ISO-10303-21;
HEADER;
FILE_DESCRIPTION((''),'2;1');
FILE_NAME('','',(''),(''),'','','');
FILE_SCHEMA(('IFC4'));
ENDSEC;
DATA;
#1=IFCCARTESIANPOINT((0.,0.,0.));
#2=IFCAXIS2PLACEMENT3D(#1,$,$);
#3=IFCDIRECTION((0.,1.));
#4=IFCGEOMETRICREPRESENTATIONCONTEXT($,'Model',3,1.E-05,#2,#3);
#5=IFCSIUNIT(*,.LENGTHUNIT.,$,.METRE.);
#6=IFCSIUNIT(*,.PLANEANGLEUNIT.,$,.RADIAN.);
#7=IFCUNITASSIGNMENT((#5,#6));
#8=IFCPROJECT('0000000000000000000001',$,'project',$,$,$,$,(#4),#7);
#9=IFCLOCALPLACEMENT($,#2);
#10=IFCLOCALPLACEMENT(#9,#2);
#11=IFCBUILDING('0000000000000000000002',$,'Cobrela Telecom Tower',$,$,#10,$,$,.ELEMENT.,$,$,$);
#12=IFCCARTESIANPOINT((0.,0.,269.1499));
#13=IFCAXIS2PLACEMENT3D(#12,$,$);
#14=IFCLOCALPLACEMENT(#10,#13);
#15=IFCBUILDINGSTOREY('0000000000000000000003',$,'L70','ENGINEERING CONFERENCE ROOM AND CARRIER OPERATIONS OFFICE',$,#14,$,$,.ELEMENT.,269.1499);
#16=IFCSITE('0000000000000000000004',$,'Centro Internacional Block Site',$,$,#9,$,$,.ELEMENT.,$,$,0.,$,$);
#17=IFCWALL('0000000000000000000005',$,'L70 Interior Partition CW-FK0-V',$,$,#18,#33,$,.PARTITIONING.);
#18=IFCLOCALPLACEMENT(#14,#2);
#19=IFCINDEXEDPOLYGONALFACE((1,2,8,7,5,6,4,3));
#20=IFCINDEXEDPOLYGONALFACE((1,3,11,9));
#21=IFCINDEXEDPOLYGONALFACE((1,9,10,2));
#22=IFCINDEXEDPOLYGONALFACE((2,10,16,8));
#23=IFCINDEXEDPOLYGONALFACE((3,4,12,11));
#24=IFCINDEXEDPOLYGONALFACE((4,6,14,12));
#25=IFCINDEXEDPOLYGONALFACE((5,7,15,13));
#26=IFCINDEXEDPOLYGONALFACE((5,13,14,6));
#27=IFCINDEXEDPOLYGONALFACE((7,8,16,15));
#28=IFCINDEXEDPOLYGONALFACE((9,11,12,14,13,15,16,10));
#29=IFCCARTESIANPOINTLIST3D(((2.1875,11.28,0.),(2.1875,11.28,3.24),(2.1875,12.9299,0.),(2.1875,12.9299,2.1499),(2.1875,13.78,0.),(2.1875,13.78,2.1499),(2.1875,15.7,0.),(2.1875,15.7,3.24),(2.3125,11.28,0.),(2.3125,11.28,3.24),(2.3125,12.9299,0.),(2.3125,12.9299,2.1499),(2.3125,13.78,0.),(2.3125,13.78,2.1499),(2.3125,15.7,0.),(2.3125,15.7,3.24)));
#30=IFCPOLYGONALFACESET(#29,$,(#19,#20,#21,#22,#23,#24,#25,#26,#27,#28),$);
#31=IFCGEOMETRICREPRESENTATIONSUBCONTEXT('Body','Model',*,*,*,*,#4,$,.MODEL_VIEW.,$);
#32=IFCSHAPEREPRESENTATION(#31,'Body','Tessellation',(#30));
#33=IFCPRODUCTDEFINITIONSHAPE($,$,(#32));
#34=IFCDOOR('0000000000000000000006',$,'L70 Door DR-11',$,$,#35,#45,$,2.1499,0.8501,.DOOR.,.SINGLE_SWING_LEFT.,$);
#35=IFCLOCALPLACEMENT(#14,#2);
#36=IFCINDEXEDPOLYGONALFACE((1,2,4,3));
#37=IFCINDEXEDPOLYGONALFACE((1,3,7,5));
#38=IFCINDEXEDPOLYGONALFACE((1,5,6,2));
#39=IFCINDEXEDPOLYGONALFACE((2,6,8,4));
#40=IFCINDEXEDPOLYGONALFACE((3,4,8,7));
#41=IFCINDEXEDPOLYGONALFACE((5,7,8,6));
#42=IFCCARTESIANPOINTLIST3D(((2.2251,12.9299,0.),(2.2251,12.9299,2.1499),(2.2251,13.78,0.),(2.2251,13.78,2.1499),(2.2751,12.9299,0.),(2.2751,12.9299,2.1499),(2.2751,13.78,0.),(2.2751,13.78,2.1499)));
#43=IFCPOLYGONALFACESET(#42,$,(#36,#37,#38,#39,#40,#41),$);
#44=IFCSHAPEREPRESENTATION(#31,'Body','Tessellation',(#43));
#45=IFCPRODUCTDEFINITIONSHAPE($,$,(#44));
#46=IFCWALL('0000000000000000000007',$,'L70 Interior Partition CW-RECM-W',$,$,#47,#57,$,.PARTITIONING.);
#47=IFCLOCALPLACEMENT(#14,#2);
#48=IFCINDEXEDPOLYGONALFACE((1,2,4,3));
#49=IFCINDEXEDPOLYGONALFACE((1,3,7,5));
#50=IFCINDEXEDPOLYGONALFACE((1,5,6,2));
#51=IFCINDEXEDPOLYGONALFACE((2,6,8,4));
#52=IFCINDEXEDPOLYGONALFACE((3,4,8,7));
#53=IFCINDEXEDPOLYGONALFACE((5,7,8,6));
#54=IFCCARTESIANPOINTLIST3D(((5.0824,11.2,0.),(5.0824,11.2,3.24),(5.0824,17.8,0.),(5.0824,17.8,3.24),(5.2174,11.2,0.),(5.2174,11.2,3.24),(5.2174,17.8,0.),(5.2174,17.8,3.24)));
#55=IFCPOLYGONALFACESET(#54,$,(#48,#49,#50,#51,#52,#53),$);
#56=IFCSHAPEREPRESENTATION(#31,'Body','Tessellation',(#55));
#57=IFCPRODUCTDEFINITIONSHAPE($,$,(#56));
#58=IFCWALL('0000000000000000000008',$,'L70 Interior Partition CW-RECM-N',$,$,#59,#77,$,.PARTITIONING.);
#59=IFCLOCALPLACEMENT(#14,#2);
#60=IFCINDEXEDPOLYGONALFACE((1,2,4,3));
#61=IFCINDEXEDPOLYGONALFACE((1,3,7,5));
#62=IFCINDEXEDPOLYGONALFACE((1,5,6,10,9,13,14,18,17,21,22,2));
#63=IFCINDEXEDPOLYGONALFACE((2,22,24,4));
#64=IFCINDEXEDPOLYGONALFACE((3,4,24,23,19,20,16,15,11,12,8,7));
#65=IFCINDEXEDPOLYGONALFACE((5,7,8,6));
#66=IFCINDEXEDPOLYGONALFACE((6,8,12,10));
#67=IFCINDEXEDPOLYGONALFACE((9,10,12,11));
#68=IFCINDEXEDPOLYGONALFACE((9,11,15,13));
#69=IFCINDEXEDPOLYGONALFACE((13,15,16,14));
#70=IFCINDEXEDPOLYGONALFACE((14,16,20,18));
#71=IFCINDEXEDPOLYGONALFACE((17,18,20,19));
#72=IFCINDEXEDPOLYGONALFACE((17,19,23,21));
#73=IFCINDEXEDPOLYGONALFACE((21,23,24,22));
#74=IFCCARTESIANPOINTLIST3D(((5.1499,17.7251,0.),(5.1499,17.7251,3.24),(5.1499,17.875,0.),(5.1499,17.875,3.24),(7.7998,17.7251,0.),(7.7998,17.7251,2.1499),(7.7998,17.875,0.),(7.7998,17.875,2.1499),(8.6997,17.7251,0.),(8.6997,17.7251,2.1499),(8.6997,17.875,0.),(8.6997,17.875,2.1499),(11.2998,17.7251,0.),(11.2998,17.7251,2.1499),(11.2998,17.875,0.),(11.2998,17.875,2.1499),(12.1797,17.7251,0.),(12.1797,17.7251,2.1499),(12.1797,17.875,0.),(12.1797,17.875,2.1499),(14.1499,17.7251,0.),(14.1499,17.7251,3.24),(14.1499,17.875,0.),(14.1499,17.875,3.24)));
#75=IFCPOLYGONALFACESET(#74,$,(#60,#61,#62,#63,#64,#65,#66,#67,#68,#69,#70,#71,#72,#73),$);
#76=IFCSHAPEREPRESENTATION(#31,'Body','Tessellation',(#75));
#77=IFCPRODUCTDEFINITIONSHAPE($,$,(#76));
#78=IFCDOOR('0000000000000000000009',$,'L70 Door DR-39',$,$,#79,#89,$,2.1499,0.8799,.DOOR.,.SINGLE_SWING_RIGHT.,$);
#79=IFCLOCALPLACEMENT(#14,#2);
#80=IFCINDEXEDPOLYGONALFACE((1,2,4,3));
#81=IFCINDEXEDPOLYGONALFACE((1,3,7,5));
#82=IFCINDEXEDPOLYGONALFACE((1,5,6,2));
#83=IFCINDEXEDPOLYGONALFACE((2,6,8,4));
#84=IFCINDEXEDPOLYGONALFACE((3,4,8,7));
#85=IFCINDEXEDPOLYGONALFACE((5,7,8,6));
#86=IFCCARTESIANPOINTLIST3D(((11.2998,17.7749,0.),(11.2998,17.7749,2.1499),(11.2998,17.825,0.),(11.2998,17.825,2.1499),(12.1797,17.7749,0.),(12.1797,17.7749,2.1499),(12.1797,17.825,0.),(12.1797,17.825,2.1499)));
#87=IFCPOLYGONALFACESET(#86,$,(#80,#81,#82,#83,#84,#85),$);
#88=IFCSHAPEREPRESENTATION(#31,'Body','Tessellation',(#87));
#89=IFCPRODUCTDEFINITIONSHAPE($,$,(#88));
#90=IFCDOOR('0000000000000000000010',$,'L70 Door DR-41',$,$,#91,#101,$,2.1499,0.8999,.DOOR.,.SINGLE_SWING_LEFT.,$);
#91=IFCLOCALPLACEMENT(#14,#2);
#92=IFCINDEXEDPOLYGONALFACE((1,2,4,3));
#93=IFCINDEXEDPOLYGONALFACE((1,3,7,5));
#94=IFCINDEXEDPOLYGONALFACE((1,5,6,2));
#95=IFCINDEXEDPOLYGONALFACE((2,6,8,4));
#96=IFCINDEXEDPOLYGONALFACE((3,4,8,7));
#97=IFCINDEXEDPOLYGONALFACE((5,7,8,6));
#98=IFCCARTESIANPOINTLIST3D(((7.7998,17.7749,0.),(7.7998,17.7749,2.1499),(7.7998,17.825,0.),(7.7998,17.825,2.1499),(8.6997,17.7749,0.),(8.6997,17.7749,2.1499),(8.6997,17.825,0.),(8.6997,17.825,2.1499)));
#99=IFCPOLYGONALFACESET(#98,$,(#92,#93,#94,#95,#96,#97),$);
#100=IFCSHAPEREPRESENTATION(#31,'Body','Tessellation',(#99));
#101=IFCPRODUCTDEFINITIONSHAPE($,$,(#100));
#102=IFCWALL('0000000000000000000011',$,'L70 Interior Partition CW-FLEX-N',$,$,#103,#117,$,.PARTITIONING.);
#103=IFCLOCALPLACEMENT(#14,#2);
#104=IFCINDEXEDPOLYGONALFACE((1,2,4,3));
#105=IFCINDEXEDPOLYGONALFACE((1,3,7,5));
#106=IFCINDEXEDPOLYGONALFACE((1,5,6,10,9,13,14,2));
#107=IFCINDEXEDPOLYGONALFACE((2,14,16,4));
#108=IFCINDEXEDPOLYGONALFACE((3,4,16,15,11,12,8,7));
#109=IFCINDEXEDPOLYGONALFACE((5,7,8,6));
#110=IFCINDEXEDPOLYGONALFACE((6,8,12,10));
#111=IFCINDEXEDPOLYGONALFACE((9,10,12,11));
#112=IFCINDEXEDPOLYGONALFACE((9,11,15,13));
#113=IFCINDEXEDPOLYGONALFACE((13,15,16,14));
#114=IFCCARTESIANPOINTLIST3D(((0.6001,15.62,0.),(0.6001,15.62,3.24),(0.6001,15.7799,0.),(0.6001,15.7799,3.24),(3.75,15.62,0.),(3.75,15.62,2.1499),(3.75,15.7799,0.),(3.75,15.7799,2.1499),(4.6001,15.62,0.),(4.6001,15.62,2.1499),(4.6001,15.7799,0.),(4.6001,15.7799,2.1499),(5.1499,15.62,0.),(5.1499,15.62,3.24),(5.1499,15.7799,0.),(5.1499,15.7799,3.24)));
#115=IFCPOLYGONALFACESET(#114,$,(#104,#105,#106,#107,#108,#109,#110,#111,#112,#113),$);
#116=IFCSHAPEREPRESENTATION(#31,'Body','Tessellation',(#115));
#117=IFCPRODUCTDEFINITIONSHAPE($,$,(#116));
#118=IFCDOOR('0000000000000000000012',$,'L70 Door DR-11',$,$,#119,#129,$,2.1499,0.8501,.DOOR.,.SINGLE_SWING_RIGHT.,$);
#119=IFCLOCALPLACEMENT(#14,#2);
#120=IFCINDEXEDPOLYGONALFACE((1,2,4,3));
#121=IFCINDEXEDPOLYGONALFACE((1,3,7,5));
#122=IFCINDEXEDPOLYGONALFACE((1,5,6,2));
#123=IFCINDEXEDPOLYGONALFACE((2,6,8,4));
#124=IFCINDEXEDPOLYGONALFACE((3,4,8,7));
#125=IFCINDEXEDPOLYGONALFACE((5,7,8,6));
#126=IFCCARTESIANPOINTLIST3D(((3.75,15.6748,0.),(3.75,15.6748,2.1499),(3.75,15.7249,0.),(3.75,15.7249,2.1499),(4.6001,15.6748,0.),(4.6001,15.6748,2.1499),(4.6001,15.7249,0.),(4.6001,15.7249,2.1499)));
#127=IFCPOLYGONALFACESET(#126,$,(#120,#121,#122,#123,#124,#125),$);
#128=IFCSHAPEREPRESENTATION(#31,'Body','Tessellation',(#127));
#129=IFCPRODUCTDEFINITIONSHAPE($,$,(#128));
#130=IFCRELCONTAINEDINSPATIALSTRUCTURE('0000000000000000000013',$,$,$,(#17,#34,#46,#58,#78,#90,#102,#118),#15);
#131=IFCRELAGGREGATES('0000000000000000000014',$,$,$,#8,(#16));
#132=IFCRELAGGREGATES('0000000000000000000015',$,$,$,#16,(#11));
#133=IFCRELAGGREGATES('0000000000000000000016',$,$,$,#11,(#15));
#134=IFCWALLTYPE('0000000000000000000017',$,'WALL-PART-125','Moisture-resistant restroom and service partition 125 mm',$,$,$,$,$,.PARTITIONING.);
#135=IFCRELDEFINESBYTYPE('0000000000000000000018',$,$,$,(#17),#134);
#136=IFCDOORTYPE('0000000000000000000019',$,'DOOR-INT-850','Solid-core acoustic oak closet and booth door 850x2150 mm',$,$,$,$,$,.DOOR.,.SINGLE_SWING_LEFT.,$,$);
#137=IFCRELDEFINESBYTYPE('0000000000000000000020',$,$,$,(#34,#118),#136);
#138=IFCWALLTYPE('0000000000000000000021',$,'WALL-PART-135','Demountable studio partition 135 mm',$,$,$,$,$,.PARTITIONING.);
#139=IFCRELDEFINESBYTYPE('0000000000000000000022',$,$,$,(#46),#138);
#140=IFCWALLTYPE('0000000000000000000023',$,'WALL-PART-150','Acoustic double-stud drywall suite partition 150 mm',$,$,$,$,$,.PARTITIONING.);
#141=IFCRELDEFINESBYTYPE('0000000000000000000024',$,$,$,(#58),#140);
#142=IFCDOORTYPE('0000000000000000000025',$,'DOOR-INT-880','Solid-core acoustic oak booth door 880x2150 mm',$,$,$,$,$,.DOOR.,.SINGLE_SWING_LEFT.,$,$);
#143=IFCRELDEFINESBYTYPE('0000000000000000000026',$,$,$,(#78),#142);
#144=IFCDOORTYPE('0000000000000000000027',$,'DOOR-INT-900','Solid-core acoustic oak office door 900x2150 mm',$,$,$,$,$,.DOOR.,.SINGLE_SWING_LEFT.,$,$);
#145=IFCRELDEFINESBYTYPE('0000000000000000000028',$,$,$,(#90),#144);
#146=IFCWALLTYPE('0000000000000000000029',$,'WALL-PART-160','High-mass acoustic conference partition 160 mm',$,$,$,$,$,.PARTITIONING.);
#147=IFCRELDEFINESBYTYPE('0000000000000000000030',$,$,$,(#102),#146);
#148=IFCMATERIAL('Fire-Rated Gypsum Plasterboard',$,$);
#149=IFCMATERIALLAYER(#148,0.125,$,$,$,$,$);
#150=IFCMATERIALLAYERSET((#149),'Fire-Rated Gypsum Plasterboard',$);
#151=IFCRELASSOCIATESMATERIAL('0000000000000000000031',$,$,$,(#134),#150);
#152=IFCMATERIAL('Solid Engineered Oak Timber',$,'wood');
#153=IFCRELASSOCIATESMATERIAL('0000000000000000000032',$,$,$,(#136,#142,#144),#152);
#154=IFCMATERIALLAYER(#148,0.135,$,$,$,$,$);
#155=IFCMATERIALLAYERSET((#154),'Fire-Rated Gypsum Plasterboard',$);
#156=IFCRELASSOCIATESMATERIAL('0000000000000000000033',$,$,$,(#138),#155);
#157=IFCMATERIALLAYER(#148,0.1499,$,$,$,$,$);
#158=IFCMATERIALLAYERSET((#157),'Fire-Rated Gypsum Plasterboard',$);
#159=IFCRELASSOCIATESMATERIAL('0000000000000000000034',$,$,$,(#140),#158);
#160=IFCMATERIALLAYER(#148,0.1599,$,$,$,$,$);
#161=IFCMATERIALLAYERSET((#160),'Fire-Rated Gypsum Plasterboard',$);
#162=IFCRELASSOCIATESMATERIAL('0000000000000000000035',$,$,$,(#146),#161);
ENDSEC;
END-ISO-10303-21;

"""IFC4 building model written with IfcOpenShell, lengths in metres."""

from ifc_helpers import new_model, si_unit, direction, frame, frame_2d, origin, place, context, subcontext, project, spatial, rectangle, extrude, material, layer, layer_set, type_object, element, fill, save


model = new_model("IFC4")

# Units and contexts
model_context = context("Model", 3, precision=1e-05, world=origin(), true_north=direction((0.0, 1.0)))
body_context = subcontext(model_context, "Body", "Model", "MODEL_VIEW")
ifc_project = project(units=[si_unit("LENGTHUNIT", "METRE"), si_unit("PLANEANGLEUNIT", "RADIAN")], contexts=[model_context])

# Site, building, storey
site_placement = place(None, origin())
site = spatial("IfcSite", under=ifc_project, at=site_placement, Name="Centro Internacional Block Site", CompositionType="ELEMENT", RefElevation=0.0)
building_placement = place(site_placement, origin())
building = spatial("IfcBuilding", under=site, at=building_placement, Name="Cobrela Telecom Tower", CompositionType="ELEMENT")
storey_placement = place(building_placement, frame((0.0, 0.0, 269.1499)))
storey = spatial("IfcBuildingStorey", under=building, at=storey_placement, Name="L70", Description="ENGINEERING CONFERENCE ROOM AND CARRIER OPERATIONS OFFICE", CompositionType="ELEMENT", Elevation=269.1499)

# Wall, opening, door
ifc_material_1 = material(Name="Fire-Rated Gypsum Plasterboard")
ifc_layer_1 = layer(ifc_material_1, 0.125)
ifc_layer_set_1 = layer_set([ifc_layer_1], Name="Fire-Rated Gypsum Plasterboard")
wall_type_1 = type_object("IfcWallType", Name="WALL-PART-125", Description="Moisture-resistant restroom and service partition 125 mm", PredefinedType="PARTITIONING", material=ifc_layer_set_1)
wall_1_placement = place(storey_placement, frame((2.25, 11.28, 0.0), z_axis=(0.0, 0.0, 1.0), x_axis=(0.0, 1.0, 0.0)))
wall_1 = element("IfcWall", 1, at=wall_1_placement, inside=storey, type_object=wall_type_1, Name="L70 Interior Partition CW-FK0-V", PredefinedType="PARTITIONING", context=body_context, shape_type="SweptSolid", body=[
    extrude(rectangle(XDim=4.4199, YDim=0.125, at=frame_2d((2.21, 0.0))), origin(), (0.0, 0.0, 1.0), 3.24),
])
opening_1_placement = place(wall_1_placement, frame((1.6499, 0.0, 0.0)))
opening_1 = element("IfcOpeningElement", 2, at=opening_1_placement, cuts=wall_1, PredefinedType="OPENING", context=body_context, shape_type="SweptSolid", body=[
    extrude(rectangle(XDim=0.8501, YDim=2.1499, at=frame_2d((0.425, 1.075))), frame((0.0, 0.0745, 0.0), z_axis=(0.0, -1.0, 0.0), x_axis=(1.0, 0.0, 0.0)), (0.0, 0.0, 1.0), 0.1489),
])
ifc_material_2 = material(Name="Solid Engineered Oak Timber", Category="wood")
door_type_1 = type_object("IfcDoorType", Name="DOOR-INT-850", Description="Solid-core acoustic oak closet and booth door 850x2150 mm", OperationType="SINGLE_SWING_LEFT", PredefinedType="DOOR", material=ifc_material_2)
door_1_placement = place(opening_1_placement, origin())
door_1 = element("IfcDoor", 3, at=door_1_placement, inside=storey, type_object=door_type_1, Name="L70 Door DR-11", OperationType="SINGLE_SWING_LEFT", OverallHeight=2.1499, OverallWidth=0.8501, PredefinedType="DOOR", context=body_context, shape_type="SweptSolid", body=[
    extrude(rectangle(XDim=0.8501, YDim=2.1499, at=frame_2d((0.425, 1.075))), frame((0.0, 0.0249, 0.0), z_axis=(0.0, -1.0, 0.0), x_axis=(1.0, 0.0, 0.0)), (0.0, 0.0, 1.0), 0.05),
])
fill(opening_1, door_1)

# Wall
ifc_layer_2 = layer(ifc_material_1, 0.135)
ifc_layer_set_2 = layer_set([ifc_layer_2], Name="Fire-Rated Gypsum Plasterboard")
wall_type_2 = type_object("IfcWallType", Name="WALL-PART-135", Description="Demountable studio partition 135 mm", PredefinedType="PARTITIONING", material=ifc_layer_set_2)
wall_2_placement = place(storey_placement, frame((5.1499, 11.2, 0.0), z_axis=(0.0, 0.0, 1.0), x_axis=(0.0, 1.0, 0.0)))
element("IfcWall", 4, at=wall_2_placement, inside=storey, type_object=wall_type_2, Name="L70 Interior Partition CW-RECM-W", PredefinedType="PARTITIONING", context=body_context, shape_type="SweptSolid", body=[
    extrude(rectangle(XDim=6.6001, YDim=0.135, at=frame_2d((3.3, 0.0))), origin(), (0.0, 0.0, 1.0), 3.24),
])

# Wall, openings, doors
ifc_layer_3 = layer(ifc_material_1, 0.1499)
ifc_layer_set_3 = layer_set([ifc_layer_3], Name="Fire-Rated Gypsum Plasterboard")
wall_type_3 = type_object("IfcWallType", Name="WALL-PART-150", Description="Acoustic double-stud drywall suite partition 150 mm", PredefinedType="PARTITIONING", material=ifc_layer_set_3)
wall_3_placement = place(storey_placement, frame((5.1499, 17.8, 0.0), z_axis=(0.0, 0.0, 1.0), x_axis=(1.0, 0.0, 0.0)))
wall_3 = element("IfcWall", 5, at=wall_3_placement, inside=storey, type_object=wall_type_3, Name="L70 Interior Partition CW-RECM-N", PredefinedType="PARTITIONING", context=body_context, shape_type="SweptSolid", body=[
    extrude(rectangle(XDim=9.0, YDim=0.1499, at=frame_2d((4.5, 0.0))), origin(), (0.0, 0.0, 1.0), 3.24),
])
opening_2_placement = place(wall_3_placement, frame((2.6499, 0.0, 0.0)))
opening_2 = element("IfcOpeningElement", 6, at=opening_2_placement, cuts=wall_3, PredefinedType="OPENING", context=body_context, shape_type="SweptSolid", body=[
    extrude(rectangle(XDim=0.8999, YDim=2.1499, at=frame_2d((0.45, 1.075))), frame((0.0, 0.0869, 0.0), z_axis=(0.0, -1.0, 0.0), x_axis=(1.0, 0.0, 0.0)), (0.0, 0.0, 1.0), 0.1738),
])
opening_3_placement = place(wall_3_placement, frame((6.1499, 0.0, 0.0)))
opening_3 = element("IfcOpeningElement", 7, at=opening_3_placement, cuts=wall_3, PredefinedType="OPENING", context=body_context, shape_type="SweptSolid", body=[
    extrude(rectangle(XDim=0.8799, YDim=2.1499, at=frame_2d((0.4399, 1.075))), frame((0.0, 0.0869, 0.0), z_axis=(0.0, -1.0, 0.0), x_axis=(1.0, 0.0, 0.0)), (0.0, 0.0, 1.0), 0.1738),
])
door_type_2 = type_object("IfcDoorType", Name="DOOR-INT-880", Description="Solid-core acoustic oak booth door 880x2150 mm", OperationType="SINGLE_SWING_LEFT", PredefinedType="DOOR", material=ifc_material_2)
door_2_placement = place(opening_3_placement, origin())
door_2 = element("IfcDoor", 8, at=door_2_placement, inside=storey, type_object=door_type_2, Name="L70 Door DR-39", OperationType="SINGLE_SWING_RIGHT", OverallHeight=2.1499, OverallWidth=0.8799, PredefinedType="DOOR", context=body_context, shape_type="SweptSolid", body=[
    extrude(rectangle(XDim=0.8799, YDim=2.1499, at=frame_2d((0.4399, 1.075))), frame((0.0, 0.0249, 0.0), z_axis=(0.0, -1.0, 0.0), x_axis=(1.0, 0.0, 0.0)), (0.0, 0.0, 1.0), 0.05),
])
fill(opening_3, door_2)
door_type_3 = type_object("IfcDoorType", Name="DOOR-INT-900", Description="Solid-core acoustic oak office door 900x2150 mm", OperationType="SINGLE_SWING_LEFT", PredefinedType="DOOR", material=ifc_material_2)
door_3_placement = place(opening_2_placement, origin())
door_3 = element("IfcDoor", 9, at=door_3_placement, inside=storey, type_object=door_type_3, Name="L70 Door DR-41", OperationType="SINGLE_SWING_LEFT", OverallHeight=2.1499, OverallWidth=0.8999, PredefinedType="DOOR", context=body_context, shape_type="SweptSolid", body=[
    extrude(rectangle(XDim=0.8999, YDim=2.1499, at=frame_2d((0.45, 1.075))), frame((0.0, 0.0249, 0.0), z_axis=(0.0, -1.0, 0.0), x_axis=(1.0, 0.0, 0.0)), (0.0, 0.0, 1.0), 0.05),
])
fill(opening_2, door_3)

# Wall, opening, door
ifc_layer_4 = layer(ifc_material_1, 0.1599)
ifc_layer_set_4 = layer_set([ifc_layer_4], Name="Fire-Rated Gypsum Plasterboard")
wall_type_4 = type_object("IfcWallType", Name="WALL-PART-160", Description="High-mass acoustic conference partition 160 mm", PredefinedType="PARTITIONING", material=ifc_layer_set_4)
wall_4_placement = place(storey_placement, frame((0.6001, 15.7, 0.0), z_axis=(0.0, 0.0, 1.0), x_axis=(1.0, 0.0, 0.0)))
wall_4 = element("IfcWall", 10, at=wall_4_placement, inside=storey, type_object=wall_type_4, Name="L70 Interior Partition CW-FLEX-N", PredefinedType="PARTITIONING", context=body_context, shape_type="SweptSolid", body=[
    extrude(rectangle(XDim=4.5498, YDim=0.1599, at=frame_2d((2.2749, 0.0))), origin(), (0.0, 0.0, 1.0), 3.24),
])
opening_4_placement = place(wall_4_placement, frame((3.1499, 0.0, 0.0)))
opening_4 = element("IfcOpeningElement", 11, at=opening_4_placement, cuts=wall_4, PredefinedType="OPENING", context=body_context, shape_type="SweptSolid", body=[
    extrude(rectangle(XDim=0.8501, YDim=2.1499, at=frame_2d((0.425, 1.075))), frame((0.0, 0.0918, 0.0), z_axis=(0.0, -1.0, 0.0), x_axis=(1.0, 0.0, 0.0)), (0.0, 0.0, 1.0), 0.1838),
])
door_4_placement = place(opening_4_placement, origin())
door_4 = element("IfcDoor", 12, at=door_4_placement, inside=storey, type_object=door_type_1, Name="L70 Door DR-11", OperationType="SINGLE_SWING_RIGHT", OverallHeight=2.1499, OverallWidth=0.8501, PredefinedType="DOOR", context=body_context, shape_type="SweptSolid", body=[
    extrude(rectangle(XDim=0.8501, YDim=2.1499, at=frame_2d((0.425, 1.075))), frame((0.0, 0.0249, 0.0), z_axis=(0.0, -1.0, 0.0), x_axis=(1.0, 0.0, 0.0)), (0.0, 0.0, 1.0), 0.05),
])
fill(opening_4, door_4)

save(model, "model.ifc")
